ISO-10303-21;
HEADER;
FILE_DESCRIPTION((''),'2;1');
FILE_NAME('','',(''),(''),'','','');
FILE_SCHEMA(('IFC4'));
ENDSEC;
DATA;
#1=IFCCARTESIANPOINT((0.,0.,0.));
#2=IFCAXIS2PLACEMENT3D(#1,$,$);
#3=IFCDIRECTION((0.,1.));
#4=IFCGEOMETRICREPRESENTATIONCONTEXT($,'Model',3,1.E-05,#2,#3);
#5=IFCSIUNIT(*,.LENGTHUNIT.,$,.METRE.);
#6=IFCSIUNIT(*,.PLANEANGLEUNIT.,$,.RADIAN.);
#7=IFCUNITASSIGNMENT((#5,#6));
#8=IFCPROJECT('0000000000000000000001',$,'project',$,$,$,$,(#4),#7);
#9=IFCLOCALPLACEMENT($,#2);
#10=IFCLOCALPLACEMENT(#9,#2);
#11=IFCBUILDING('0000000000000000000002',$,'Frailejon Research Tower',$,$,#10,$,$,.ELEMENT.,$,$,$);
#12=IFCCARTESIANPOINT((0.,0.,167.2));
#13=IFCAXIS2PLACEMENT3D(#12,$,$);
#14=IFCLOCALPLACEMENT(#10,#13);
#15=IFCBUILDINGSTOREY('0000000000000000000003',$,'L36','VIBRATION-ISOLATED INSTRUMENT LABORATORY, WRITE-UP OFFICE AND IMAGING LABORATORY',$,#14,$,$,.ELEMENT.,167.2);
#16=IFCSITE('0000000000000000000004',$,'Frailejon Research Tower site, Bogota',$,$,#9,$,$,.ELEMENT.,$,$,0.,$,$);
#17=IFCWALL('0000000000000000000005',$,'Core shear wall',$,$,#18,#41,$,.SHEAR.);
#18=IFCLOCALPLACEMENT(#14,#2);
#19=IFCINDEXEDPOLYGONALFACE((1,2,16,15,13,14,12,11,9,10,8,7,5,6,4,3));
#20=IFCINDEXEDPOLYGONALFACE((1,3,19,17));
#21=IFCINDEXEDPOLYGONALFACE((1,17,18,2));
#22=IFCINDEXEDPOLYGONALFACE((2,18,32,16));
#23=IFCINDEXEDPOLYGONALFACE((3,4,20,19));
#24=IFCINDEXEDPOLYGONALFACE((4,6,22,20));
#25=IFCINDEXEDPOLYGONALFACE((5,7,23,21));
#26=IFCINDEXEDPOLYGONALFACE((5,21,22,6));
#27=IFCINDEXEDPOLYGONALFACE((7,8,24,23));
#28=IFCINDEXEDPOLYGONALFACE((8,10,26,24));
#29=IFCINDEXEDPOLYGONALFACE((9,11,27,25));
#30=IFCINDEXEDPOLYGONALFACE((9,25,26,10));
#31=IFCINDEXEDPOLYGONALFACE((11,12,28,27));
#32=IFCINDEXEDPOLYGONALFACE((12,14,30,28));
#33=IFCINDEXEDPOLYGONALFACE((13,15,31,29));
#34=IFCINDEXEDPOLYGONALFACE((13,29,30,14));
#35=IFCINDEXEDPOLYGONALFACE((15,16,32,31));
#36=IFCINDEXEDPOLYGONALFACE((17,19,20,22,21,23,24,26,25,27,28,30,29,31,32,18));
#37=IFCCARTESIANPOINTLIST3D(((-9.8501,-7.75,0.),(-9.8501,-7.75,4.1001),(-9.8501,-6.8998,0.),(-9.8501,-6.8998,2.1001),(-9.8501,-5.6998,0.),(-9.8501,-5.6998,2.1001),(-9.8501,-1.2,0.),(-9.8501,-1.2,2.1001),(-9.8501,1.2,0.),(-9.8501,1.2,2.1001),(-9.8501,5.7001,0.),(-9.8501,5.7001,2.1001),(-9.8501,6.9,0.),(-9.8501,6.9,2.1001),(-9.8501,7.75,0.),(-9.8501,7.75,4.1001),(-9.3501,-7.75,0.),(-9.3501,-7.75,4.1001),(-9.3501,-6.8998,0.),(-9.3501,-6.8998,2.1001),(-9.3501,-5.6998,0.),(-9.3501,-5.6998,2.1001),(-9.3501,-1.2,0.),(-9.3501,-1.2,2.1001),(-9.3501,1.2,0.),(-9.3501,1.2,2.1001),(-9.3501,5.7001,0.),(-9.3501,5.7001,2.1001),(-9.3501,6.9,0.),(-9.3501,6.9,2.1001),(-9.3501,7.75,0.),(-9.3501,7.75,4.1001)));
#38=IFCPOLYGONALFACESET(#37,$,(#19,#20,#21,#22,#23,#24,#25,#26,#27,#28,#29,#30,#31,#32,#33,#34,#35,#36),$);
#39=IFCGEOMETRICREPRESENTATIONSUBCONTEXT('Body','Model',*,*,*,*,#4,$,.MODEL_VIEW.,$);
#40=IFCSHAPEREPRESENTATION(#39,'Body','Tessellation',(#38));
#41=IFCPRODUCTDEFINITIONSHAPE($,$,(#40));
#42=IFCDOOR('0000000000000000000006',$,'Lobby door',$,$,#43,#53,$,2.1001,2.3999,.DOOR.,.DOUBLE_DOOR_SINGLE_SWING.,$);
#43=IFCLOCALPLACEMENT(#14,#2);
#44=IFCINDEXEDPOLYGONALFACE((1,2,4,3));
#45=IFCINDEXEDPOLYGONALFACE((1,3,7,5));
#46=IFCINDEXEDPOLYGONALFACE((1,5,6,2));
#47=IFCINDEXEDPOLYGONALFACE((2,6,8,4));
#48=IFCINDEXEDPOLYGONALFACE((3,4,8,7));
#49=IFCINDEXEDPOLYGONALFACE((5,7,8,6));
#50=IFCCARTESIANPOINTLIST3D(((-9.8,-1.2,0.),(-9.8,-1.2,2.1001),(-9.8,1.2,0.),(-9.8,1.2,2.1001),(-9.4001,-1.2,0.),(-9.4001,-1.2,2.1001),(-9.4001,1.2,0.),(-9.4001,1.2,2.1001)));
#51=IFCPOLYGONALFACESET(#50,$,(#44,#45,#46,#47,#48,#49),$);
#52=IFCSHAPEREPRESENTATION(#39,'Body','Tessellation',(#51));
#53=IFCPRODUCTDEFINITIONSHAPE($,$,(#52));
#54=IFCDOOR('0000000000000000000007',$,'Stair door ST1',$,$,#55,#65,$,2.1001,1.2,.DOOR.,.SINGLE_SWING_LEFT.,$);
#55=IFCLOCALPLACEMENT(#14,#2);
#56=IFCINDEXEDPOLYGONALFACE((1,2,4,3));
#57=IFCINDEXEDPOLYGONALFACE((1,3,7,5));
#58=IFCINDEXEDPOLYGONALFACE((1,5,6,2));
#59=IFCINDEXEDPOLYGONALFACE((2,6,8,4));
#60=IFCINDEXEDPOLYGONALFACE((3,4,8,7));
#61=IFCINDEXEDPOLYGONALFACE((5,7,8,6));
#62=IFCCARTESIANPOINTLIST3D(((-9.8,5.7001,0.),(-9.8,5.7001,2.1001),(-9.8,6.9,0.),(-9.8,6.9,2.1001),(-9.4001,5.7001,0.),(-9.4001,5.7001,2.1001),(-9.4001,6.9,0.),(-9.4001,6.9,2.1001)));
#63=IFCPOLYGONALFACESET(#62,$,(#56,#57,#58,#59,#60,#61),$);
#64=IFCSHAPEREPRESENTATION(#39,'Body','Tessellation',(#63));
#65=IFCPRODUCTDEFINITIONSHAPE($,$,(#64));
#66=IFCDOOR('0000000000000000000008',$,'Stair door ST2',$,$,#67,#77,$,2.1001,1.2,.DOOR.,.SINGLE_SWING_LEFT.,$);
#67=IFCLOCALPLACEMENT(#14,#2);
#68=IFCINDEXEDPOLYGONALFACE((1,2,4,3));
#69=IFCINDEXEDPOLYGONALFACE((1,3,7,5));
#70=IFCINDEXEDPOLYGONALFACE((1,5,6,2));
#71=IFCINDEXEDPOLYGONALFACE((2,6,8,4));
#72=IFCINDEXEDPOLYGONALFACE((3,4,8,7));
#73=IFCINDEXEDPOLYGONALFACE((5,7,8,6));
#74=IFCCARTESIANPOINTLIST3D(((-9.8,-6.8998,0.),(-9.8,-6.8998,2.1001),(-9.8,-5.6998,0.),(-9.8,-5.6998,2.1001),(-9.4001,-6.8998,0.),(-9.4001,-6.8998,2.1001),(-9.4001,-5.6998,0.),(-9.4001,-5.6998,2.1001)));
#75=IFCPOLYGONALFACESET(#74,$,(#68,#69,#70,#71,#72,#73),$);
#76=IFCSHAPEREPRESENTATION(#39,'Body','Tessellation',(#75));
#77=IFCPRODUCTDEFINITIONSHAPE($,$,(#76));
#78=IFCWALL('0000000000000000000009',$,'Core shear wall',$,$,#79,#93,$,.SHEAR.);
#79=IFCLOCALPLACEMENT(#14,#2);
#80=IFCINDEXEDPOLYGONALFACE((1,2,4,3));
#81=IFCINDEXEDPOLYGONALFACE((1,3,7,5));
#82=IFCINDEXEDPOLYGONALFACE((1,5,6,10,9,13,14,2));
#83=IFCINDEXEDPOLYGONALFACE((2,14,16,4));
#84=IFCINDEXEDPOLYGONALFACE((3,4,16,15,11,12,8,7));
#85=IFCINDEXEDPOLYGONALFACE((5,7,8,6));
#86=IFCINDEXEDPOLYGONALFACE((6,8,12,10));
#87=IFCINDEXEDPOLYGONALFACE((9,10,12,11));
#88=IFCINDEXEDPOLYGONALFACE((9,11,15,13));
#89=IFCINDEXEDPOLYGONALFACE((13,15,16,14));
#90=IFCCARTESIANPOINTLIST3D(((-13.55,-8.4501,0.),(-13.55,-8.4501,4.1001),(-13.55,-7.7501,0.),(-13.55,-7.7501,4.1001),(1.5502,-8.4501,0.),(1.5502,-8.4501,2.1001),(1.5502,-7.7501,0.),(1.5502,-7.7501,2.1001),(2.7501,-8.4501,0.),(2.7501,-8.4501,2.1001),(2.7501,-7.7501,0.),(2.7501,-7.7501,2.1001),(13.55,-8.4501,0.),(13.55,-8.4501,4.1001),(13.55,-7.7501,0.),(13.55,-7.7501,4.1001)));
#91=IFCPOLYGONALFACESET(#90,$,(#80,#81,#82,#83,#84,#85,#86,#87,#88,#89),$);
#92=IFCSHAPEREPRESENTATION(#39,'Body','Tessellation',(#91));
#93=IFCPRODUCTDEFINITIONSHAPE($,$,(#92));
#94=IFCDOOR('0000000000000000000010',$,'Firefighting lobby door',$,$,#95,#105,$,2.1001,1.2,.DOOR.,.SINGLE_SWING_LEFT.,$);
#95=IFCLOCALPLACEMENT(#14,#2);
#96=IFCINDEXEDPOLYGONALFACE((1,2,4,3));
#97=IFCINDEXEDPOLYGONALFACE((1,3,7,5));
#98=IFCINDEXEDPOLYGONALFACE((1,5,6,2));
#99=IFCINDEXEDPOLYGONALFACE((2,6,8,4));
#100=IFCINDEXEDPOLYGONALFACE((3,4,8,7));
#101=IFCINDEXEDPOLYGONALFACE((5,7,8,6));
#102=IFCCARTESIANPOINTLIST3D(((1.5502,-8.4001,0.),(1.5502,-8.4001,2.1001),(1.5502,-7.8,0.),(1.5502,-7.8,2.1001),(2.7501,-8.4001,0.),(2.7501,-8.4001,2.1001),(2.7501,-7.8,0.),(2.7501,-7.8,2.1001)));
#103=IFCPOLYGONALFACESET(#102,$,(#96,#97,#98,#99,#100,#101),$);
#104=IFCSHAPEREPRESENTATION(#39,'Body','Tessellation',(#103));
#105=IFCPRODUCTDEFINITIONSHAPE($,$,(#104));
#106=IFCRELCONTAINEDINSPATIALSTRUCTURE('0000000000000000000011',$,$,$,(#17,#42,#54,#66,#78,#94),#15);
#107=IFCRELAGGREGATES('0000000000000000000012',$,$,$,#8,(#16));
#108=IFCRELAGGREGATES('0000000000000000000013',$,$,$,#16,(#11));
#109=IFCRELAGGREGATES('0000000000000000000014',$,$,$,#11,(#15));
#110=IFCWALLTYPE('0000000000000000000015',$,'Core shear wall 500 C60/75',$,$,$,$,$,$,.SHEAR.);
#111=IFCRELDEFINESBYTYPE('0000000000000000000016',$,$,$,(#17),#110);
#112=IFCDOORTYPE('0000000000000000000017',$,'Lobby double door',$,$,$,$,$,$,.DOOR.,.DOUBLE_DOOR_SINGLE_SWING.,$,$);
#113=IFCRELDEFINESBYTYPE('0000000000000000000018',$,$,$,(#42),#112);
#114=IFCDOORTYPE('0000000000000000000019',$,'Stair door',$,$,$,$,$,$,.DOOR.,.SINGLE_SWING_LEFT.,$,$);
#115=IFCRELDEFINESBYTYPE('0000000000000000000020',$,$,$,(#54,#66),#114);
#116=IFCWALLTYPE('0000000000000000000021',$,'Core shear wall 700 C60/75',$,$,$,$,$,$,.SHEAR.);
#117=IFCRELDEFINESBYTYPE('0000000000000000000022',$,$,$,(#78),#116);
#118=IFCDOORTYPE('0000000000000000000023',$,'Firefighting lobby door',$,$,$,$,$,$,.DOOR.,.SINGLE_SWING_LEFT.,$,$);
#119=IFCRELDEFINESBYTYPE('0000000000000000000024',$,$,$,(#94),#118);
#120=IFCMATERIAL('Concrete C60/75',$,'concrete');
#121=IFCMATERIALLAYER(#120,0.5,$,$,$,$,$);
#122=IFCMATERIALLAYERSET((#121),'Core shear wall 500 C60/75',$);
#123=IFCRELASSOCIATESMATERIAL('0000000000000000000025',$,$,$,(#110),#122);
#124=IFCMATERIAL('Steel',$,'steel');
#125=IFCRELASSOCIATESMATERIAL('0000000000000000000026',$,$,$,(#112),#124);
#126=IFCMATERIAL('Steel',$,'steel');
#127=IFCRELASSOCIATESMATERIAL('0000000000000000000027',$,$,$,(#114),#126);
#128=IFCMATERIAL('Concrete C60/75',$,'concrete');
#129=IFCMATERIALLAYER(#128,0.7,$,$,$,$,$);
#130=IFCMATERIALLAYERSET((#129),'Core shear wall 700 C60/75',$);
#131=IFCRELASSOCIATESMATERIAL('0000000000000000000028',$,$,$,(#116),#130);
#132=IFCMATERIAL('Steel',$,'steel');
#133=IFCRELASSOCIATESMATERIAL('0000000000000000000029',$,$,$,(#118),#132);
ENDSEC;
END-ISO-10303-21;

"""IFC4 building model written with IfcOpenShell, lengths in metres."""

from ifc_helpers import new_model, si_unit, direction, frame, frame_2d, origin, place, context, subcontext, project, spatial, rectangle, extrude, material, layer, layer_set, type_object, element, fill, save


model = new_model("IFC4")

# Units and contexts
model_context = context("Model", 3, precision=1e-05, world=origin(), true_north=direction((0.0, 1.0)))
body_context = subcontext(model_context, "Body", "Model", "MODEL_VIEW")
ifc_project = project(units=[si_unit("LENGTHUNIT", "METRE"), si_unit("PLANEANGLEUNIT", "RADIAN")], contexts=[model_context])

# Site, building, storey
site_placement = place(None, origin())
site = spatial("IfcSite", under=ifc_project, at=site_placement, Name="Frailejon Research Tower site, Bogota", CompositionType="ELEMENT", RefElevation=0.0)
building_placement = place(site_placement, origin())
building = spatial("IfcBuilding", under=site, at=building_placement, Name="Frailejon Research Tower", CompositionType="ELEMENT")
storey_placement = place(building_placement, frame((0.0, 0.0, 167.2)))
storey = spatial("IfcBuildingStorey", under=building, at=storey_placement, Name="L36", Description="VIBRATION-ISOLATED INSTRUMENT LABORATORY, WRITE-UP OFFICE AND IMAGING LABORATORY", CompositionType="ELEMENT", Elevation=167.2)

# Wall, openings, doors
ifc_material_1 = material(Name="Concrete C60/75", Category="concrete")
ifc_layer_1 = layer(ifc_material_1, 0.5)
ifc_layer_set_1 = layer_set([ifc_layer_1], Name="Core shear wall 500 C60/75")
wall_type_1 = type_object("IfcWallType", Name="Core shear wall 500 C60/75", PredefinedType="SHEAR", material=ifc_layer_set_1)
wall_1_placement = place(storey_placement, frame((-9.6001, -7.75, 0.0), z_axis=(0.0, 0.0, 1.0), x_axis=(0.0, 1.0, 0.0)))
wall_1 = element("IfcWall", 1, at=wall_1_placement, inside=storey, type_object=wall_type_1, Name="Core shear wall", PredefinedType="SHEAR", context=body_context, shape_type="SweptSolid", body=[
    extrude(rectangle(XDim=15.5, YDim=0.5, at=frame_2d((7.75, 0.0))), origin(), (0.0, 0.0, 1.0), 4.1001),
])
opening_1_placement = place(wall_1_placement, frame((6.55, 0.0, 0.0)))
opening_1 = element("IfcOpeningElement", 2, at=opening_1_placement, cuts=wall_1, PredefinedType="OPENING", context=body_context, shape_type="SweptSolid", body=[
    extrude(rectangle(XDim=2.3999, YDim=2.1001, at=frame_2d((1.2, 1.05))), frame((0.0, 0.26, 0.0), z_axis=(0.0, -1.0, 0.0), x_axis=(1.0, 0.0, 0.0)), (0.0, 0.0, 1.0), 0.52),
])
opening_2_placement = place(wall_1_placement, frame((13.45, 0.0, 0.0)))
opening_2 = element("IfcOpeningElement", 3, at=opening_2_placement, cuts=wall_1, PredefinedType="OPENING", context=body_context, shape_type="SweptSolid", body=[
    extrude(rectangle(XDim=1.2, YDim=2.1001, at=frame_2d((0.6001, 1.05))), frame((0.0, 0.26, 0.0), z_axis=(0.0, -1.0, 0.0), x_axis=(1.0, 0.0, 0.0)), (0.0, 0.0, 1.0), 0.52),
])
opening_3_placement = place(wall_1_placement, frame((0.8501, 0.0, 0.0)))
opening_3 = element("IfcOpeningElement", 4, at=opening_3_placement, cuts=wall_1, PredefinedType="OPENING", context=body_context, shape_type="SweptSolid", body=[
    extrude(rectangle(XDim=1.2, YDim=2.1001, at=frame_2d((0.6001, 1.05))), frame((0.0, 0.26, 0.0), z_axis=(0.0, -1.0, 0.0), x_axis=(1.0, 0.0, 0.0)), (0.0, 0.0, 1.0), 0.52),
])
ifc_material_2 = material(Name="Steel", Category="steel")
door_type_1 = type_object("IfcDoorType", Name="Lobby double door", OperationType="DOUBLE_DOOR_SINGLE_SWING", PredefinedType="DOOR", material=ifc_material_2)
door_1_placement = place(opening_1_placement, origin())
door_1 = element("IfcDoor", 5, at=door_1_placement, inside=storey, type_object=door_type_1, Name="Lobby door", OperationType="DOUBLE_DOOR_SINGLE_SWING", OverallHeight=2.1001, OverallWidth=2.3999, PredefinedType="DOOR", context=body_context, shape_type="SweptSolid", body=[
    extrude(rectangle(XDim=2.3999, YDim=2.1001, at=frame_2d((1.2, 1.05))), frame((0.0, 0.2, 0.0), z_axis=(0.0, -1.0, 0.0), x_axis=(1.0, 0.0, 0.0)), (0.0, 0.0, 1.0), 0.3999),
])
fill(opening_1, door_1)
ifc_material_3 = material(Name="Steel", Category="steel")
door_type_2 = type_object("IfcDoorType", Name="Stair door", OperationType="SINGLE_SWING_LEFT", PredefinedType="DOOR", material=ifc_material_3)
door_2_placement = place(opening_2_placement, origin())
door_2 = element("IfcDoor", 6, at=door_2_placement, inside=storey, type_object=door_type_2, Name="Stair door ST1", OperationType="SINGLE_SWING_LEFT", OverallHeight=2.1001, OverallWidth=1.2, PredefinedType="DOOR", context=body_context, shape_type="SweptSolid", body=[
    extrude(rectangle(XDim=1.2, YDim=2.1001, at=frame_2d((0.6001, 1.05))), frame((0.0, 0.2, 0.0), z_axis=(0.0, -1.0, 0.0), x_axis=(1.0, 0.0, 0.0)), (0.0, 0.0, 1.0), 0.3999),
])
fill(opening_2, door_2)
door_3_placement = place(opening_3_placement, origin())
door_3 = element("IfcDoor", 7, at=door_3_placement, inside=storey, type_object=door_type_2, Name="Stair door ST2", OperationType="SINGLE_SWING_LEFT", OverallHeight=2.1001, OverallWidth=1.2, PredefinedType="DOOR", context=body_context, shape_type="SweptSolid", body=[
    extrude(rectangle(XDim=1.2, YDim=2.1001, at=frame_2d((0.6001, 1.05))), frame((0.0, 0.2, 0.0), z_axis=(0.0, -1.0, 0.0), x_axis=(1.0, 0.0, 0.0)), (0.0, 0.0, 1.0), 0.3999),
])
fill(opening_3, door_3)

# Wall, opening, door
ifc_material_4 = material(Name="Concrete C60/75", Category="concrete")
ifc_layer_2 = layer(ifc_material_4, 0.7)
ifc_layer_set_2 = layer_set([ifc_layer_2], Name="Core shear wall 700 C60/75")
wall_type_2 = type_object("IfcWallType", Name="Core shear wall 700 C60/75", PredefinedType="SHEAR", material=ifc_layer_set_2)
wall_2_placement = place(storey_placement, frame((-13.55, -8.1001, 0.0), z_axis=(0.0, 0.0, 1.0), x_axis=(1.0, 0.0, 0.0)))
wall_2 = element("IfcWall", 8, at=wall_2_placement, inside=storey, type_object=wall_type_2, Name="Core shear wall", PredefinedType="SHEAR", context=body_context, shape_type="SweptSolid", body=[
    extrude(rectangle(XDim=27.1001, YDim=0.7, at=frame_2d((13.55, 0.0))), origin(), (0.0, 0.0, 1.0), 4.1001),
])
opening_4_placement = place(wall_2_placement, frame((15.1001, 0.0, 0.0)))
opening_4 = element("IfcOpeningElement", 9, at=opening_4_placement, cuts=wall_2, PredefinedType="OPENING", context=body_context, shape_type="SweptSolid", body=[
    extrude(rectangle(XDim=1.2, YDim=2.1001, at=frame_2d((0.6001, 1.05))), frame((0.0, 0.3599, 0.0), z_axis=(0.0, -1.0, 0.0), x_axis=(1.0, 0.0, 0.0)), (0.0, 0.0, 1.0), 0.72),
])
ifc_material_5 = material(Name="Steel", Category="steel")
door_type_3 = type_object("IfcDoorType", Name="Firefighting lobby door", OperationType="SINGLE_SWING_LEFT", PredefinedType="DOOR", material=ifc_material_5)
door_4_placement = place(opening_4_placement, origin())
door_4 = element("IfcDoor", 10, at=door_4_placement, inside=storey, type_object=door_type_3, Name="Firefighting lobby door", OperationType="SINGLE_SWING_LEFT", OverallHeight=2.1001, OverallWidth=1.2, PredefinedType="DOOR", context=body_context, shape_type="SweptSolid", body=[
    extrude(rectangle(XDim=1.2, YDim=2.1001, at=frame_2d((0.6001, 1.05))), frame((0.0, 0.3, 0.0), z_axis=(0.0, -1.0, 0.0), x_axis=(1.0, 0.0, 0.0)), (0.0, 0.0, 1.0), 0.6001),
])
fill(opening_4, door_4)

save(model, "model.ifc")
